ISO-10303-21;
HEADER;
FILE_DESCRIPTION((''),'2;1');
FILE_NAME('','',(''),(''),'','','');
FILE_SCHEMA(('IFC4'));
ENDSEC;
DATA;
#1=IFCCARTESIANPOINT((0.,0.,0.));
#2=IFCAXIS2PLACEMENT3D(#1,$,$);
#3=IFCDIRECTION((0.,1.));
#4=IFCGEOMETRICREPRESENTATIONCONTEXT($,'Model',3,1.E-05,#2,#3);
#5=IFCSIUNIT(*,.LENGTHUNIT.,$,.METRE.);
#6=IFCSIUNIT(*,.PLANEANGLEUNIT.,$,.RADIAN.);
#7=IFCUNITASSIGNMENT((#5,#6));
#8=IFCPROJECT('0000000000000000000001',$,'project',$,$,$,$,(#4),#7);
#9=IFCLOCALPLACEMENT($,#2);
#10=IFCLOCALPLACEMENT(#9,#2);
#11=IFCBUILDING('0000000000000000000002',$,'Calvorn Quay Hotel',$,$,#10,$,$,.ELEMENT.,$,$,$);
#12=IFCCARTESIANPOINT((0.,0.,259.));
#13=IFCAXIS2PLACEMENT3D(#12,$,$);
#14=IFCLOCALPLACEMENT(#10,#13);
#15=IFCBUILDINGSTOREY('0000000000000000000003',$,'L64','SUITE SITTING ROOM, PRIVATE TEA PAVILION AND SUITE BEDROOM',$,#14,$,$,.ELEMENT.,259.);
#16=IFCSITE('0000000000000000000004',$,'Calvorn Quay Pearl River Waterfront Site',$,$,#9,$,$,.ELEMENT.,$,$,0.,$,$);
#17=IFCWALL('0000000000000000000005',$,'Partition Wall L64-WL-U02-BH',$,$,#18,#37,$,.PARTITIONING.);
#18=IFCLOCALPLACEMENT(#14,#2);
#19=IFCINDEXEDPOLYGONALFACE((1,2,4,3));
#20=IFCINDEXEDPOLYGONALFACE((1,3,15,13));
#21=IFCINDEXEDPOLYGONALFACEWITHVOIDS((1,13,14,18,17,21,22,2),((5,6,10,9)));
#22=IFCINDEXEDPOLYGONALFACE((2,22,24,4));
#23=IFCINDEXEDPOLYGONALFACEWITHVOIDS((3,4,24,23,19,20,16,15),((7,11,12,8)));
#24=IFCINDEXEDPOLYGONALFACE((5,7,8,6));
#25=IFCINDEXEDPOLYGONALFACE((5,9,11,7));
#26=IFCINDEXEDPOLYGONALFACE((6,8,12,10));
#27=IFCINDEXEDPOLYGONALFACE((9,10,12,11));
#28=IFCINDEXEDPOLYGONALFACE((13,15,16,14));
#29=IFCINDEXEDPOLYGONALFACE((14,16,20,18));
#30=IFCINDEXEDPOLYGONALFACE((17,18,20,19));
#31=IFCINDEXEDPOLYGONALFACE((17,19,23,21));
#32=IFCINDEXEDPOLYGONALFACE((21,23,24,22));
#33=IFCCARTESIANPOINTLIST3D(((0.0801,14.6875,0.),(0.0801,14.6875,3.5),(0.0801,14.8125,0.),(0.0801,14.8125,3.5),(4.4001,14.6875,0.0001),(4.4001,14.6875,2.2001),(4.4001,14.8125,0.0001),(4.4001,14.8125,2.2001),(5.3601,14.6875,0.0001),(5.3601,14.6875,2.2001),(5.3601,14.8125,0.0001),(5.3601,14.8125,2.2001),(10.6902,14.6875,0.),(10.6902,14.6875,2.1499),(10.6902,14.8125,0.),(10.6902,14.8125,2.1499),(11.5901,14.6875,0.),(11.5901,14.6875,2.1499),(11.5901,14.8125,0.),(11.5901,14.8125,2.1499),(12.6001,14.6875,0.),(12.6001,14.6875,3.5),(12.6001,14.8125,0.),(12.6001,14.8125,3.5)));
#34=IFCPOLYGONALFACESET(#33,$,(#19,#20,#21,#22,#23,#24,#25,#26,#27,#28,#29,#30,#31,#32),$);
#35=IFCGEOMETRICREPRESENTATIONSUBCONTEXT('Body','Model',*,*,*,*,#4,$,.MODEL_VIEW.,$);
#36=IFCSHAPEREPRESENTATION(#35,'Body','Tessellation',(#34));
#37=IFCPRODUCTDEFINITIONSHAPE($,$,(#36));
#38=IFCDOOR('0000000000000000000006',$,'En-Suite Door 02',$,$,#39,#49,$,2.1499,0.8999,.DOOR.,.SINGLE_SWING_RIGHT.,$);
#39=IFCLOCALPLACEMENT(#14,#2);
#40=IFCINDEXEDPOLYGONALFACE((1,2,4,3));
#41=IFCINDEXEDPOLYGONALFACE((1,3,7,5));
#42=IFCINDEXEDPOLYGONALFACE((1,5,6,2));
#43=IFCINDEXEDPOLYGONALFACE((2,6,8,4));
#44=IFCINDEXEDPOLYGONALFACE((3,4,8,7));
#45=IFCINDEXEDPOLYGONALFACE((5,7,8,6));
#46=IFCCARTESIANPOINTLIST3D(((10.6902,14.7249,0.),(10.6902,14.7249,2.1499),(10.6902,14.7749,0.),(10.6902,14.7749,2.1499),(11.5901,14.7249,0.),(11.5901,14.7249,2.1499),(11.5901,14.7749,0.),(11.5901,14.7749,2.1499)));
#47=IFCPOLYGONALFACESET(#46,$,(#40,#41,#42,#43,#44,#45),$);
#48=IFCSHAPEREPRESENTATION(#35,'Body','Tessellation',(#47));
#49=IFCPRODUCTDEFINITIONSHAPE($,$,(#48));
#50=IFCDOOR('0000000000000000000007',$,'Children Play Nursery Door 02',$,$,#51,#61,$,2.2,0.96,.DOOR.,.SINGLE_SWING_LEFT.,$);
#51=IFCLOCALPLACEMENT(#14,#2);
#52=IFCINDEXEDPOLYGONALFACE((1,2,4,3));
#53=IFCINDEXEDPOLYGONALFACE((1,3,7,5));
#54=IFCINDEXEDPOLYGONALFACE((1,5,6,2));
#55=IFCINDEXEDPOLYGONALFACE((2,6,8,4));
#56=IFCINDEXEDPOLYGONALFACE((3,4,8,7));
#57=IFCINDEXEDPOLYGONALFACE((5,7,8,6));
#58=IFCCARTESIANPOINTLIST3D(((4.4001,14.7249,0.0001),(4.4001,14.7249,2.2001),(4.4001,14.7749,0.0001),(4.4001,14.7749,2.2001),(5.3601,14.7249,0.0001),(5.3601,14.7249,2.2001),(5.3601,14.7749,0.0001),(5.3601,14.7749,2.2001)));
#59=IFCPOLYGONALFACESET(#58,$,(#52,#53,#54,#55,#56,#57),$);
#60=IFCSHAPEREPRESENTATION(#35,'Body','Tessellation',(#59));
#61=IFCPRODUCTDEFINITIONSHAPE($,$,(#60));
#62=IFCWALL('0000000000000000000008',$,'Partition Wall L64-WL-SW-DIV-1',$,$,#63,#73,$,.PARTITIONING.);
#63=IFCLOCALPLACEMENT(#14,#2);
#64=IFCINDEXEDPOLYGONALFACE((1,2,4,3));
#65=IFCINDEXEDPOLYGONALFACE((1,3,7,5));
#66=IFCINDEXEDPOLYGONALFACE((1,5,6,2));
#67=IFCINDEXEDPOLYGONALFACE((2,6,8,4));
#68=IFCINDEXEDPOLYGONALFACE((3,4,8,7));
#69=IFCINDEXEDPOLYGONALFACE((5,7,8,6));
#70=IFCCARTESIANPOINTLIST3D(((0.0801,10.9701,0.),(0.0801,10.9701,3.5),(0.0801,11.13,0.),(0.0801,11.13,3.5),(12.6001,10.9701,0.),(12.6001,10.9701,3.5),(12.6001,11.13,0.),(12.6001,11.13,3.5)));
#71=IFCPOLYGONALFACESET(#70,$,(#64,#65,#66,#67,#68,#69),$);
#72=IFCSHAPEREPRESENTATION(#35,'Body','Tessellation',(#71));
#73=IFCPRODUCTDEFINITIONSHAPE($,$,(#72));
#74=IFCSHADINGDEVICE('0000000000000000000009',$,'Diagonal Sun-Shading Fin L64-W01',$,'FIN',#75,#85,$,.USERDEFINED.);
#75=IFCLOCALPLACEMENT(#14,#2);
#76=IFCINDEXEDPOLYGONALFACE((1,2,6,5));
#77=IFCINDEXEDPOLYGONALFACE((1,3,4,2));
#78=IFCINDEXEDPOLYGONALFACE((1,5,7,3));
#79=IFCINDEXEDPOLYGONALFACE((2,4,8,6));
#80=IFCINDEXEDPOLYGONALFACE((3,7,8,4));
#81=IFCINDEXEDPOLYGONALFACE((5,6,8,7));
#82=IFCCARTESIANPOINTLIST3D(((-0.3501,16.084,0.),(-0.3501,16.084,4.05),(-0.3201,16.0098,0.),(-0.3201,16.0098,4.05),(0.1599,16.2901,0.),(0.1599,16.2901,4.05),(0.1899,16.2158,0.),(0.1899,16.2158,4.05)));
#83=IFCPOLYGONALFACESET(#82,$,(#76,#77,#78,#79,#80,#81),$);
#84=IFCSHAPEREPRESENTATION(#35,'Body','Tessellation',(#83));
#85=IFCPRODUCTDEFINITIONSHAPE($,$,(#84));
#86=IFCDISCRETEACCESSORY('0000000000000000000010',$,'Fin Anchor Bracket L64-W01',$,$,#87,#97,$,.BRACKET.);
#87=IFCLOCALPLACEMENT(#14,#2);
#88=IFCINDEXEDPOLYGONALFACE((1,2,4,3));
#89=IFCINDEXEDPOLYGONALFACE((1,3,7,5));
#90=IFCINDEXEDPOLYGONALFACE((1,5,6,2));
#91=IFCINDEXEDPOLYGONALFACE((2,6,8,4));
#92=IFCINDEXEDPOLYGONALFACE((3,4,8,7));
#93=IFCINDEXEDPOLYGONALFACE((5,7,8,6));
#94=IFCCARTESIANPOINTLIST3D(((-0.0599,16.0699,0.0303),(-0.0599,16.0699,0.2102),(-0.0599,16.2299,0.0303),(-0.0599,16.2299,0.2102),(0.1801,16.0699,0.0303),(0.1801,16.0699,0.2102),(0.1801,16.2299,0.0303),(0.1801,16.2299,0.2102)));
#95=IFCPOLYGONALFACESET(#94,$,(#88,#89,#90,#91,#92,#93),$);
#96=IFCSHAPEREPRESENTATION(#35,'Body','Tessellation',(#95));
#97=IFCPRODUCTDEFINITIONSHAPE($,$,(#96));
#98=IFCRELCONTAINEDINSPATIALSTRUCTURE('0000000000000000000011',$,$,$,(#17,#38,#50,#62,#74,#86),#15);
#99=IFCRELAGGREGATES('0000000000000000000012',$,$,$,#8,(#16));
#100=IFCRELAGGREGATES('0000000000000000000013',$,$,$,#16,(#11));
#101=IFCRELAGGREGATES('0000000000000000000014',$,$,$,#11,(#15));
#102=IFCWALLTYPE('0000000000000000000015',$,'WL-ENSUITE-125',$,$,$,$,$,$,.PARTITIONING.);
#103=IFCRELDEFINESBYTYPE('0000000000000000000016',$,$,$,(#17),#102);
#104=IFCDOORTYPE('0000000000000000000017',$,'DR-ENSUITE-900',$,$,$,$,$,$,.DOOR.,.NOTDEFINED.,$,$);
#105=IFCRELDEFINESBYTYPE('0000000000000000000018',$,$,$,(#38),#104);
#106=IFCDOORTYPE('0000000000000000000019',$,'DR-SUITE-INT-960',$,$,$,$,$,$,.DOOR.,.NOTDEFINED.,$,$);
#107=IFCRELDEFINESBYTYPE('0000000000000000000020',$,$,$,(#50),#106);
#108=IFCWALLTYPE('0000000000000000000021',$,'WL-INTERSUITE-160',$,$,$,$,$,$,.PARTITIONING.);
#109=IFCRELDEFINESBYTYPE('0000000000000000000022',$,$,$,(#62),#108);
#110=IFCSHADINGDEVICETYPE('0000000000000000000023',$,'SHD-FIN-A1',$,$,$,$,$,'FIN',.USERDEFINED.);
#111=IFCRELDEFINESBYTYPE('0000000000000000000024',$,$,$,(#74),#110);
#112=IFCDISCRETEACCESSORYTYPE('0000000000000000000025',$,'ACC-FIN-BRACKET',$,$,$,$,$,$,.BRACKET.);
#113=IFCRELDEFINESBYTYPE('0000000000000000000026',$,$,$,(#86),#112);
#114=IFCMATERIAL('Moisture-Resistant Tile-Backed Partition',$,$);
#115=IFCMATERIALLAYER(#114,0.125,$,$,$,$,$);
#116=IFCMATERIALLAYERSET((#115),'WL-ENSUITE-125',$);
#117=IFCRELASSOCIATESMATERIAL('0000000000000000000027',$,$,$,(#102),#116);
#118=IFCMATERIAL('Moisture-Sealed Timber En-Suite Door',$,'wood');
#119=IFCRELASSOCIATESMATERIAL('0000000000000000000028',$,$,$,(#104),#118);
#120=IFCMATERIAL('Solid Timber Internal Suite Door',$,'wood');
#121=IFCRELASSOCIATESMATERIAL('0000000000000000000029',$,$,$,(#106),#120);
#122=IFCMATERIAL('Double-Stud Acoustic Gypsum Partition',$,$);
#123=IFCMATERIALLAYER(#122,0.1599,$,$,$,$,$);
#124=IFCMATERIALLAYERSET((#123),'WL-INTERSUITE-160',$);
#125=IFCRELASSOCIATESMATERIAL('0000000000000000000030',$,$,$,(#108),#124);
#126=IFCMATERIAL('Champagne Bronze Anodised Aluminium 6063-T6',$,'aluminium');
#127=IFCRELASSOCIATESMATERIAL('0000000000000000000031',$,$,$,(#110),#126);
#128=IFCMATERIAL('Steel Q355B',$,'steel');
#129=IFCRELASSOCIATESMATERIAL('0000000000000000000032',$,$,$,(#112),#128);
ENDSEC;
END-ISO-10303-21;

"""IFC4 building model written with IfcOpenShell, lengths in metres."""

from ifc_helpers import new_model, si_unit, direction, frame, frame_2d, origin, origin_2d, place, context, subcontext, project, spatial, rectangle, extrude, material, layer, layer_set, type_object, element, fill, save


model = new_model("IFC4")

# Units and contexts
model_context = context("Model", 3, precision=1e-05, world=origin(), true_north=direction((0.0, 1.0)))
body_context = subcontext(model_context, "Body", "Model", "MODEL_VIEW")
ifc_project = project(units=[si_unit("LENGTHUNIT", "METRE"), si_unit("PLANEANGLEUNIT", "RADIAN")], contexts=[model_context])

# Site, building, storey
site_placement = place(None, origin())
site = spatial("IfcSite", under=ifc_project, at=site_placement, Name="Calvorn Quay Pearl River Waterfront Site", CompositionType="ELEMENT", RefElevation=0.0)
building_placement = place(site_placement, origin())
building = spatial("IfcBuilding", under=site, at=building_placement, Name="Calvorn Quay Hotel", CompositionType="ELEMENT")
storey_placement = place(building_placement, frame((0.0, 0.0, 259.0)))
storey = spatial("IfcBuildingStorey", under=building, at=storey_placement, Name="L64", Description="SUITE SITTING ROOM, PRIVATE TEA PAVILION AND SUITE BEDROOM", CompositionType="ELEMENT", Elevation=259.0)

# Wall, openings, doors
ifc_material_1 = material(Name="Moisture-Resistant Tile-Backed Partition")
ifc_layer_1 = layer(ifc_material_1, 0.125)
ifc_layer_set_1 = layer_set([ifc_layer_1], Name="WL-ENSUITE-125")
wall_type_1 = type_object("IfcWallType", Name="WL-ENSUITE-125", PredefinedType="PARTITIONING", material=ifc_layer_set_1)
wall_1_placement = place(storey_placement, frame((0.0801, 14.75, 0.0), z_axis=(0.0, 0.0, 1.0), x_axis=(1.0, 0.0, 0.0)))
wall_1 = element("IfcWall", 1, at=wall_1_placement, inside=storey, type_object=wall_type_1, Name="Partition Wall L64-WL-U02-BH", PredefinedType="PARTITIONING", context=body_context, shape_type="SweptSolid", body=[
    extrude(rectangle(XDim=12.52, YDim=0.125, at=frame_2d((6.26, 0.0))), origin(), (0.0, 0.0, 1.0), 3.5),
])
opening_1_placement = place(wall_1_placement, frame((4.3201, 0.0, 0.0)))
opening_1 = element("IfcOpeningElement", 2, at=opening_1_placement, cuts=wall_1, PredefinedType="OPENING", context=body_context, shape_type="SweptSolid", body=[
    extrude(rectangle(XDim=0.96, YDim=2.2, at=frame_2d((0.48, 1.1001))), frame((0.0, 0.0725, 0.0), z_axis=(0.0, -1.0, 0.0), x_axis=(1.0, 0.0, 0.0)), (0.0, 0.0, 1.0), 0.145),
])
opening_2_placement = place(wall_1_placement, frame((10.6101, 0.0, 0.0)))
opening_2 = element("IfcOpeningElement", 3, at=opening_2_placement, cuts=wall_1, PredefinedType="OPENING", context=body_context, shape_type="SweptSolid", body=[
    extrude(rectangle(XDim=0.8999, YDim=2.1499, at=frame_2d((0.45, 1.075))), frame((0.0, 0.0725, 0.0), z_axis=(0.0, -1.0, 0.0), x_axis=(1.0, 0.0, 0.0)), (0.0, 0.0, 1.0), 0.145),
])
ifc_material_2 = material(Name="Moisture-Sealed Timber En-Suite Door", Category="wood")
door_type_1 = type_object("IfcDoorType", Name="DR-ENSUITE-900", OperationType="NOTDEFINED", PredefinedType="DOOR", material=ifc_material_2)
door_1_placement = place(opening_2_placement, origin())
door_1 = element("IfcDoor", 4, at=door_1_placement, inside=storey, type_object=door_type_1, Name="En-Suite Door 02", OperationType="SINGLE_SWING_RIGHT", OverallHeight=2.1499, OverallWidth=0.8999, PredefinedType="DOOR", context=body_context, shape_type="SweptSolid", body=[
    extrude(rectangle(XDim=0.8999, YDim=2.1499, at=frame_2d((0.45, 1.075))), frame((0.0, 0.0249, 0.0), z_axis=(0.0, -1.0, 0.0), x_axis=(1.0, 0.0, 0.0)), (0.0, 0.0, 1.0), 0.05),
])
fill(opening_2, door_1)
ifc_material_3 = material(Name="Solid Timber Internal Suite Door", Category="wood")
door_type_2 = type_object("IfcDoorType", Name="DR-SUITE-INT-960", OperationType="NOTDEFINED", PredefinedType="DOOR", material=ifc_material_3)
door_2_placement = place(opening_1_placement, origin())
door_2 = element("IfcDoor", 5, at=door_2_placement, inside=storey, type_object=door_type_2, Name="Children Play Nursery Door 02", OperationType="SINGLE_SWING_LEFT", OverallHeight=2.2, OverallWidth=0.96, PredefinedType="DOOR", context=body_context, shape_type="SweptSolid", body=[
    extrude(rectangle(XDim=0.96, YDim=2.2, at=frame_2d((0.48, 1.1001))), frame((0.0, 0.0249, 0.0), z_axis=(0.0, -1.0, 0.0), x_axis=(1.0, 0.0, 0.0)), (0.0, 0.0, 1.0), 0.05),
])
fill(opening_1, door_2)

# Wall
ifc_material_4 = material(Name="Double-Stud Acoustic Gypsum Partition")
ifc_layer_2 = layer(ifc_material_4, 0.1599)
ifc_layer_set_2 = layer_set([ifc_layer_2], Name="WL-INTERSUITE-160")
wall_type_2 = type_object("IfcWallType", Name="WL-INTERSUITE-160", PredefinedType="PARTITIONING", material=ifc_layer_set_2)
wall_2_placement = place(storey_placement, frame((0.0801, 11.05, 0.0), z_axis=(0.0, 0.0, 1.0), x_axis=(1.0, 0.0, 0.0)))
element("IfcWall", 6, at=wall_2_placement, inside=storey, type_object=wall_type_2, Name="Partition Wall L64-WL-SW-DIV-1", PredefinedType="PARTITIONING", context=body_context, shape_type="SweptSolid", body=[
    extrude(rectangle(XDim=12.52, YDim=0.1599, at=frame_2d((6.26, 0.0))), origin(), (0.0, 0.0, 1.0), 3.5),
])

# Shading device
ifc_material_5 = material(Name="Champagne Bronze Anodised Aluminium 6063-T6", Category="aluminium")
shading_device_type = type_object("IfcShadingDeviceType", Name="SHD-FIN-A1", ElementType="FIN", PredefinedType="USERDEFINED", material=ifc_material_5)
shading_device_placement = place(storey_placement, frame((-0.0801, 16.1499, 0.0), z_axis=(0.0, 0.0, 1.0), x_axis=(0.927184, 0.374607, 0.0)))
element("IfcShadingDevice", 7, at=shading_device_placement, inside=storey, type_object=shading_device_type, Name="Diagonal Sun-Shading Fin L64-W01", ObjectType="FIN", PredefinedType="USERDEFINED", context=body_context, shape_type="SweptSolid", body=[
    extrude(rectangle(XDim=0.55, YDim=0.0801, at=origin_2d()), origin(), (0.0, 0.0, 1.0), 4.05),
])

# Discrete accessory
ifc_material_6 = material(Name="Steel Q355B", Category="steel")
discrete_accessory_type = type_object("IfcDiscreteAccessoryType", Name="ACC-FIN-BRACKET", PredefinedType="BRACKET", material=ifc_material_6)
discrete_accessory_placement = place(storey_placement, frame((0.0601, 16.1499, 0.0303), z_axis=(0.0, 0.0, 1.0), x_axis=(1.0, 0.0, 0.0)))
element("IfcDiscreteAccessory", 8, at=discrete_accessory_placement, inside=storey, type_object=discrete_accessory_type, Name="Fin Anchor Bracket L64-W01", PredefinedType="BRACKET", context=body_context, shape_type="SweptSolid", body=[
    extrude(rectangle(XDim=0.24, YDim=0.1599, at=origin_2d()), origin(), (0.0, 0.0, 1.0), 0.1799),
])

save(model, "model.ifc")
